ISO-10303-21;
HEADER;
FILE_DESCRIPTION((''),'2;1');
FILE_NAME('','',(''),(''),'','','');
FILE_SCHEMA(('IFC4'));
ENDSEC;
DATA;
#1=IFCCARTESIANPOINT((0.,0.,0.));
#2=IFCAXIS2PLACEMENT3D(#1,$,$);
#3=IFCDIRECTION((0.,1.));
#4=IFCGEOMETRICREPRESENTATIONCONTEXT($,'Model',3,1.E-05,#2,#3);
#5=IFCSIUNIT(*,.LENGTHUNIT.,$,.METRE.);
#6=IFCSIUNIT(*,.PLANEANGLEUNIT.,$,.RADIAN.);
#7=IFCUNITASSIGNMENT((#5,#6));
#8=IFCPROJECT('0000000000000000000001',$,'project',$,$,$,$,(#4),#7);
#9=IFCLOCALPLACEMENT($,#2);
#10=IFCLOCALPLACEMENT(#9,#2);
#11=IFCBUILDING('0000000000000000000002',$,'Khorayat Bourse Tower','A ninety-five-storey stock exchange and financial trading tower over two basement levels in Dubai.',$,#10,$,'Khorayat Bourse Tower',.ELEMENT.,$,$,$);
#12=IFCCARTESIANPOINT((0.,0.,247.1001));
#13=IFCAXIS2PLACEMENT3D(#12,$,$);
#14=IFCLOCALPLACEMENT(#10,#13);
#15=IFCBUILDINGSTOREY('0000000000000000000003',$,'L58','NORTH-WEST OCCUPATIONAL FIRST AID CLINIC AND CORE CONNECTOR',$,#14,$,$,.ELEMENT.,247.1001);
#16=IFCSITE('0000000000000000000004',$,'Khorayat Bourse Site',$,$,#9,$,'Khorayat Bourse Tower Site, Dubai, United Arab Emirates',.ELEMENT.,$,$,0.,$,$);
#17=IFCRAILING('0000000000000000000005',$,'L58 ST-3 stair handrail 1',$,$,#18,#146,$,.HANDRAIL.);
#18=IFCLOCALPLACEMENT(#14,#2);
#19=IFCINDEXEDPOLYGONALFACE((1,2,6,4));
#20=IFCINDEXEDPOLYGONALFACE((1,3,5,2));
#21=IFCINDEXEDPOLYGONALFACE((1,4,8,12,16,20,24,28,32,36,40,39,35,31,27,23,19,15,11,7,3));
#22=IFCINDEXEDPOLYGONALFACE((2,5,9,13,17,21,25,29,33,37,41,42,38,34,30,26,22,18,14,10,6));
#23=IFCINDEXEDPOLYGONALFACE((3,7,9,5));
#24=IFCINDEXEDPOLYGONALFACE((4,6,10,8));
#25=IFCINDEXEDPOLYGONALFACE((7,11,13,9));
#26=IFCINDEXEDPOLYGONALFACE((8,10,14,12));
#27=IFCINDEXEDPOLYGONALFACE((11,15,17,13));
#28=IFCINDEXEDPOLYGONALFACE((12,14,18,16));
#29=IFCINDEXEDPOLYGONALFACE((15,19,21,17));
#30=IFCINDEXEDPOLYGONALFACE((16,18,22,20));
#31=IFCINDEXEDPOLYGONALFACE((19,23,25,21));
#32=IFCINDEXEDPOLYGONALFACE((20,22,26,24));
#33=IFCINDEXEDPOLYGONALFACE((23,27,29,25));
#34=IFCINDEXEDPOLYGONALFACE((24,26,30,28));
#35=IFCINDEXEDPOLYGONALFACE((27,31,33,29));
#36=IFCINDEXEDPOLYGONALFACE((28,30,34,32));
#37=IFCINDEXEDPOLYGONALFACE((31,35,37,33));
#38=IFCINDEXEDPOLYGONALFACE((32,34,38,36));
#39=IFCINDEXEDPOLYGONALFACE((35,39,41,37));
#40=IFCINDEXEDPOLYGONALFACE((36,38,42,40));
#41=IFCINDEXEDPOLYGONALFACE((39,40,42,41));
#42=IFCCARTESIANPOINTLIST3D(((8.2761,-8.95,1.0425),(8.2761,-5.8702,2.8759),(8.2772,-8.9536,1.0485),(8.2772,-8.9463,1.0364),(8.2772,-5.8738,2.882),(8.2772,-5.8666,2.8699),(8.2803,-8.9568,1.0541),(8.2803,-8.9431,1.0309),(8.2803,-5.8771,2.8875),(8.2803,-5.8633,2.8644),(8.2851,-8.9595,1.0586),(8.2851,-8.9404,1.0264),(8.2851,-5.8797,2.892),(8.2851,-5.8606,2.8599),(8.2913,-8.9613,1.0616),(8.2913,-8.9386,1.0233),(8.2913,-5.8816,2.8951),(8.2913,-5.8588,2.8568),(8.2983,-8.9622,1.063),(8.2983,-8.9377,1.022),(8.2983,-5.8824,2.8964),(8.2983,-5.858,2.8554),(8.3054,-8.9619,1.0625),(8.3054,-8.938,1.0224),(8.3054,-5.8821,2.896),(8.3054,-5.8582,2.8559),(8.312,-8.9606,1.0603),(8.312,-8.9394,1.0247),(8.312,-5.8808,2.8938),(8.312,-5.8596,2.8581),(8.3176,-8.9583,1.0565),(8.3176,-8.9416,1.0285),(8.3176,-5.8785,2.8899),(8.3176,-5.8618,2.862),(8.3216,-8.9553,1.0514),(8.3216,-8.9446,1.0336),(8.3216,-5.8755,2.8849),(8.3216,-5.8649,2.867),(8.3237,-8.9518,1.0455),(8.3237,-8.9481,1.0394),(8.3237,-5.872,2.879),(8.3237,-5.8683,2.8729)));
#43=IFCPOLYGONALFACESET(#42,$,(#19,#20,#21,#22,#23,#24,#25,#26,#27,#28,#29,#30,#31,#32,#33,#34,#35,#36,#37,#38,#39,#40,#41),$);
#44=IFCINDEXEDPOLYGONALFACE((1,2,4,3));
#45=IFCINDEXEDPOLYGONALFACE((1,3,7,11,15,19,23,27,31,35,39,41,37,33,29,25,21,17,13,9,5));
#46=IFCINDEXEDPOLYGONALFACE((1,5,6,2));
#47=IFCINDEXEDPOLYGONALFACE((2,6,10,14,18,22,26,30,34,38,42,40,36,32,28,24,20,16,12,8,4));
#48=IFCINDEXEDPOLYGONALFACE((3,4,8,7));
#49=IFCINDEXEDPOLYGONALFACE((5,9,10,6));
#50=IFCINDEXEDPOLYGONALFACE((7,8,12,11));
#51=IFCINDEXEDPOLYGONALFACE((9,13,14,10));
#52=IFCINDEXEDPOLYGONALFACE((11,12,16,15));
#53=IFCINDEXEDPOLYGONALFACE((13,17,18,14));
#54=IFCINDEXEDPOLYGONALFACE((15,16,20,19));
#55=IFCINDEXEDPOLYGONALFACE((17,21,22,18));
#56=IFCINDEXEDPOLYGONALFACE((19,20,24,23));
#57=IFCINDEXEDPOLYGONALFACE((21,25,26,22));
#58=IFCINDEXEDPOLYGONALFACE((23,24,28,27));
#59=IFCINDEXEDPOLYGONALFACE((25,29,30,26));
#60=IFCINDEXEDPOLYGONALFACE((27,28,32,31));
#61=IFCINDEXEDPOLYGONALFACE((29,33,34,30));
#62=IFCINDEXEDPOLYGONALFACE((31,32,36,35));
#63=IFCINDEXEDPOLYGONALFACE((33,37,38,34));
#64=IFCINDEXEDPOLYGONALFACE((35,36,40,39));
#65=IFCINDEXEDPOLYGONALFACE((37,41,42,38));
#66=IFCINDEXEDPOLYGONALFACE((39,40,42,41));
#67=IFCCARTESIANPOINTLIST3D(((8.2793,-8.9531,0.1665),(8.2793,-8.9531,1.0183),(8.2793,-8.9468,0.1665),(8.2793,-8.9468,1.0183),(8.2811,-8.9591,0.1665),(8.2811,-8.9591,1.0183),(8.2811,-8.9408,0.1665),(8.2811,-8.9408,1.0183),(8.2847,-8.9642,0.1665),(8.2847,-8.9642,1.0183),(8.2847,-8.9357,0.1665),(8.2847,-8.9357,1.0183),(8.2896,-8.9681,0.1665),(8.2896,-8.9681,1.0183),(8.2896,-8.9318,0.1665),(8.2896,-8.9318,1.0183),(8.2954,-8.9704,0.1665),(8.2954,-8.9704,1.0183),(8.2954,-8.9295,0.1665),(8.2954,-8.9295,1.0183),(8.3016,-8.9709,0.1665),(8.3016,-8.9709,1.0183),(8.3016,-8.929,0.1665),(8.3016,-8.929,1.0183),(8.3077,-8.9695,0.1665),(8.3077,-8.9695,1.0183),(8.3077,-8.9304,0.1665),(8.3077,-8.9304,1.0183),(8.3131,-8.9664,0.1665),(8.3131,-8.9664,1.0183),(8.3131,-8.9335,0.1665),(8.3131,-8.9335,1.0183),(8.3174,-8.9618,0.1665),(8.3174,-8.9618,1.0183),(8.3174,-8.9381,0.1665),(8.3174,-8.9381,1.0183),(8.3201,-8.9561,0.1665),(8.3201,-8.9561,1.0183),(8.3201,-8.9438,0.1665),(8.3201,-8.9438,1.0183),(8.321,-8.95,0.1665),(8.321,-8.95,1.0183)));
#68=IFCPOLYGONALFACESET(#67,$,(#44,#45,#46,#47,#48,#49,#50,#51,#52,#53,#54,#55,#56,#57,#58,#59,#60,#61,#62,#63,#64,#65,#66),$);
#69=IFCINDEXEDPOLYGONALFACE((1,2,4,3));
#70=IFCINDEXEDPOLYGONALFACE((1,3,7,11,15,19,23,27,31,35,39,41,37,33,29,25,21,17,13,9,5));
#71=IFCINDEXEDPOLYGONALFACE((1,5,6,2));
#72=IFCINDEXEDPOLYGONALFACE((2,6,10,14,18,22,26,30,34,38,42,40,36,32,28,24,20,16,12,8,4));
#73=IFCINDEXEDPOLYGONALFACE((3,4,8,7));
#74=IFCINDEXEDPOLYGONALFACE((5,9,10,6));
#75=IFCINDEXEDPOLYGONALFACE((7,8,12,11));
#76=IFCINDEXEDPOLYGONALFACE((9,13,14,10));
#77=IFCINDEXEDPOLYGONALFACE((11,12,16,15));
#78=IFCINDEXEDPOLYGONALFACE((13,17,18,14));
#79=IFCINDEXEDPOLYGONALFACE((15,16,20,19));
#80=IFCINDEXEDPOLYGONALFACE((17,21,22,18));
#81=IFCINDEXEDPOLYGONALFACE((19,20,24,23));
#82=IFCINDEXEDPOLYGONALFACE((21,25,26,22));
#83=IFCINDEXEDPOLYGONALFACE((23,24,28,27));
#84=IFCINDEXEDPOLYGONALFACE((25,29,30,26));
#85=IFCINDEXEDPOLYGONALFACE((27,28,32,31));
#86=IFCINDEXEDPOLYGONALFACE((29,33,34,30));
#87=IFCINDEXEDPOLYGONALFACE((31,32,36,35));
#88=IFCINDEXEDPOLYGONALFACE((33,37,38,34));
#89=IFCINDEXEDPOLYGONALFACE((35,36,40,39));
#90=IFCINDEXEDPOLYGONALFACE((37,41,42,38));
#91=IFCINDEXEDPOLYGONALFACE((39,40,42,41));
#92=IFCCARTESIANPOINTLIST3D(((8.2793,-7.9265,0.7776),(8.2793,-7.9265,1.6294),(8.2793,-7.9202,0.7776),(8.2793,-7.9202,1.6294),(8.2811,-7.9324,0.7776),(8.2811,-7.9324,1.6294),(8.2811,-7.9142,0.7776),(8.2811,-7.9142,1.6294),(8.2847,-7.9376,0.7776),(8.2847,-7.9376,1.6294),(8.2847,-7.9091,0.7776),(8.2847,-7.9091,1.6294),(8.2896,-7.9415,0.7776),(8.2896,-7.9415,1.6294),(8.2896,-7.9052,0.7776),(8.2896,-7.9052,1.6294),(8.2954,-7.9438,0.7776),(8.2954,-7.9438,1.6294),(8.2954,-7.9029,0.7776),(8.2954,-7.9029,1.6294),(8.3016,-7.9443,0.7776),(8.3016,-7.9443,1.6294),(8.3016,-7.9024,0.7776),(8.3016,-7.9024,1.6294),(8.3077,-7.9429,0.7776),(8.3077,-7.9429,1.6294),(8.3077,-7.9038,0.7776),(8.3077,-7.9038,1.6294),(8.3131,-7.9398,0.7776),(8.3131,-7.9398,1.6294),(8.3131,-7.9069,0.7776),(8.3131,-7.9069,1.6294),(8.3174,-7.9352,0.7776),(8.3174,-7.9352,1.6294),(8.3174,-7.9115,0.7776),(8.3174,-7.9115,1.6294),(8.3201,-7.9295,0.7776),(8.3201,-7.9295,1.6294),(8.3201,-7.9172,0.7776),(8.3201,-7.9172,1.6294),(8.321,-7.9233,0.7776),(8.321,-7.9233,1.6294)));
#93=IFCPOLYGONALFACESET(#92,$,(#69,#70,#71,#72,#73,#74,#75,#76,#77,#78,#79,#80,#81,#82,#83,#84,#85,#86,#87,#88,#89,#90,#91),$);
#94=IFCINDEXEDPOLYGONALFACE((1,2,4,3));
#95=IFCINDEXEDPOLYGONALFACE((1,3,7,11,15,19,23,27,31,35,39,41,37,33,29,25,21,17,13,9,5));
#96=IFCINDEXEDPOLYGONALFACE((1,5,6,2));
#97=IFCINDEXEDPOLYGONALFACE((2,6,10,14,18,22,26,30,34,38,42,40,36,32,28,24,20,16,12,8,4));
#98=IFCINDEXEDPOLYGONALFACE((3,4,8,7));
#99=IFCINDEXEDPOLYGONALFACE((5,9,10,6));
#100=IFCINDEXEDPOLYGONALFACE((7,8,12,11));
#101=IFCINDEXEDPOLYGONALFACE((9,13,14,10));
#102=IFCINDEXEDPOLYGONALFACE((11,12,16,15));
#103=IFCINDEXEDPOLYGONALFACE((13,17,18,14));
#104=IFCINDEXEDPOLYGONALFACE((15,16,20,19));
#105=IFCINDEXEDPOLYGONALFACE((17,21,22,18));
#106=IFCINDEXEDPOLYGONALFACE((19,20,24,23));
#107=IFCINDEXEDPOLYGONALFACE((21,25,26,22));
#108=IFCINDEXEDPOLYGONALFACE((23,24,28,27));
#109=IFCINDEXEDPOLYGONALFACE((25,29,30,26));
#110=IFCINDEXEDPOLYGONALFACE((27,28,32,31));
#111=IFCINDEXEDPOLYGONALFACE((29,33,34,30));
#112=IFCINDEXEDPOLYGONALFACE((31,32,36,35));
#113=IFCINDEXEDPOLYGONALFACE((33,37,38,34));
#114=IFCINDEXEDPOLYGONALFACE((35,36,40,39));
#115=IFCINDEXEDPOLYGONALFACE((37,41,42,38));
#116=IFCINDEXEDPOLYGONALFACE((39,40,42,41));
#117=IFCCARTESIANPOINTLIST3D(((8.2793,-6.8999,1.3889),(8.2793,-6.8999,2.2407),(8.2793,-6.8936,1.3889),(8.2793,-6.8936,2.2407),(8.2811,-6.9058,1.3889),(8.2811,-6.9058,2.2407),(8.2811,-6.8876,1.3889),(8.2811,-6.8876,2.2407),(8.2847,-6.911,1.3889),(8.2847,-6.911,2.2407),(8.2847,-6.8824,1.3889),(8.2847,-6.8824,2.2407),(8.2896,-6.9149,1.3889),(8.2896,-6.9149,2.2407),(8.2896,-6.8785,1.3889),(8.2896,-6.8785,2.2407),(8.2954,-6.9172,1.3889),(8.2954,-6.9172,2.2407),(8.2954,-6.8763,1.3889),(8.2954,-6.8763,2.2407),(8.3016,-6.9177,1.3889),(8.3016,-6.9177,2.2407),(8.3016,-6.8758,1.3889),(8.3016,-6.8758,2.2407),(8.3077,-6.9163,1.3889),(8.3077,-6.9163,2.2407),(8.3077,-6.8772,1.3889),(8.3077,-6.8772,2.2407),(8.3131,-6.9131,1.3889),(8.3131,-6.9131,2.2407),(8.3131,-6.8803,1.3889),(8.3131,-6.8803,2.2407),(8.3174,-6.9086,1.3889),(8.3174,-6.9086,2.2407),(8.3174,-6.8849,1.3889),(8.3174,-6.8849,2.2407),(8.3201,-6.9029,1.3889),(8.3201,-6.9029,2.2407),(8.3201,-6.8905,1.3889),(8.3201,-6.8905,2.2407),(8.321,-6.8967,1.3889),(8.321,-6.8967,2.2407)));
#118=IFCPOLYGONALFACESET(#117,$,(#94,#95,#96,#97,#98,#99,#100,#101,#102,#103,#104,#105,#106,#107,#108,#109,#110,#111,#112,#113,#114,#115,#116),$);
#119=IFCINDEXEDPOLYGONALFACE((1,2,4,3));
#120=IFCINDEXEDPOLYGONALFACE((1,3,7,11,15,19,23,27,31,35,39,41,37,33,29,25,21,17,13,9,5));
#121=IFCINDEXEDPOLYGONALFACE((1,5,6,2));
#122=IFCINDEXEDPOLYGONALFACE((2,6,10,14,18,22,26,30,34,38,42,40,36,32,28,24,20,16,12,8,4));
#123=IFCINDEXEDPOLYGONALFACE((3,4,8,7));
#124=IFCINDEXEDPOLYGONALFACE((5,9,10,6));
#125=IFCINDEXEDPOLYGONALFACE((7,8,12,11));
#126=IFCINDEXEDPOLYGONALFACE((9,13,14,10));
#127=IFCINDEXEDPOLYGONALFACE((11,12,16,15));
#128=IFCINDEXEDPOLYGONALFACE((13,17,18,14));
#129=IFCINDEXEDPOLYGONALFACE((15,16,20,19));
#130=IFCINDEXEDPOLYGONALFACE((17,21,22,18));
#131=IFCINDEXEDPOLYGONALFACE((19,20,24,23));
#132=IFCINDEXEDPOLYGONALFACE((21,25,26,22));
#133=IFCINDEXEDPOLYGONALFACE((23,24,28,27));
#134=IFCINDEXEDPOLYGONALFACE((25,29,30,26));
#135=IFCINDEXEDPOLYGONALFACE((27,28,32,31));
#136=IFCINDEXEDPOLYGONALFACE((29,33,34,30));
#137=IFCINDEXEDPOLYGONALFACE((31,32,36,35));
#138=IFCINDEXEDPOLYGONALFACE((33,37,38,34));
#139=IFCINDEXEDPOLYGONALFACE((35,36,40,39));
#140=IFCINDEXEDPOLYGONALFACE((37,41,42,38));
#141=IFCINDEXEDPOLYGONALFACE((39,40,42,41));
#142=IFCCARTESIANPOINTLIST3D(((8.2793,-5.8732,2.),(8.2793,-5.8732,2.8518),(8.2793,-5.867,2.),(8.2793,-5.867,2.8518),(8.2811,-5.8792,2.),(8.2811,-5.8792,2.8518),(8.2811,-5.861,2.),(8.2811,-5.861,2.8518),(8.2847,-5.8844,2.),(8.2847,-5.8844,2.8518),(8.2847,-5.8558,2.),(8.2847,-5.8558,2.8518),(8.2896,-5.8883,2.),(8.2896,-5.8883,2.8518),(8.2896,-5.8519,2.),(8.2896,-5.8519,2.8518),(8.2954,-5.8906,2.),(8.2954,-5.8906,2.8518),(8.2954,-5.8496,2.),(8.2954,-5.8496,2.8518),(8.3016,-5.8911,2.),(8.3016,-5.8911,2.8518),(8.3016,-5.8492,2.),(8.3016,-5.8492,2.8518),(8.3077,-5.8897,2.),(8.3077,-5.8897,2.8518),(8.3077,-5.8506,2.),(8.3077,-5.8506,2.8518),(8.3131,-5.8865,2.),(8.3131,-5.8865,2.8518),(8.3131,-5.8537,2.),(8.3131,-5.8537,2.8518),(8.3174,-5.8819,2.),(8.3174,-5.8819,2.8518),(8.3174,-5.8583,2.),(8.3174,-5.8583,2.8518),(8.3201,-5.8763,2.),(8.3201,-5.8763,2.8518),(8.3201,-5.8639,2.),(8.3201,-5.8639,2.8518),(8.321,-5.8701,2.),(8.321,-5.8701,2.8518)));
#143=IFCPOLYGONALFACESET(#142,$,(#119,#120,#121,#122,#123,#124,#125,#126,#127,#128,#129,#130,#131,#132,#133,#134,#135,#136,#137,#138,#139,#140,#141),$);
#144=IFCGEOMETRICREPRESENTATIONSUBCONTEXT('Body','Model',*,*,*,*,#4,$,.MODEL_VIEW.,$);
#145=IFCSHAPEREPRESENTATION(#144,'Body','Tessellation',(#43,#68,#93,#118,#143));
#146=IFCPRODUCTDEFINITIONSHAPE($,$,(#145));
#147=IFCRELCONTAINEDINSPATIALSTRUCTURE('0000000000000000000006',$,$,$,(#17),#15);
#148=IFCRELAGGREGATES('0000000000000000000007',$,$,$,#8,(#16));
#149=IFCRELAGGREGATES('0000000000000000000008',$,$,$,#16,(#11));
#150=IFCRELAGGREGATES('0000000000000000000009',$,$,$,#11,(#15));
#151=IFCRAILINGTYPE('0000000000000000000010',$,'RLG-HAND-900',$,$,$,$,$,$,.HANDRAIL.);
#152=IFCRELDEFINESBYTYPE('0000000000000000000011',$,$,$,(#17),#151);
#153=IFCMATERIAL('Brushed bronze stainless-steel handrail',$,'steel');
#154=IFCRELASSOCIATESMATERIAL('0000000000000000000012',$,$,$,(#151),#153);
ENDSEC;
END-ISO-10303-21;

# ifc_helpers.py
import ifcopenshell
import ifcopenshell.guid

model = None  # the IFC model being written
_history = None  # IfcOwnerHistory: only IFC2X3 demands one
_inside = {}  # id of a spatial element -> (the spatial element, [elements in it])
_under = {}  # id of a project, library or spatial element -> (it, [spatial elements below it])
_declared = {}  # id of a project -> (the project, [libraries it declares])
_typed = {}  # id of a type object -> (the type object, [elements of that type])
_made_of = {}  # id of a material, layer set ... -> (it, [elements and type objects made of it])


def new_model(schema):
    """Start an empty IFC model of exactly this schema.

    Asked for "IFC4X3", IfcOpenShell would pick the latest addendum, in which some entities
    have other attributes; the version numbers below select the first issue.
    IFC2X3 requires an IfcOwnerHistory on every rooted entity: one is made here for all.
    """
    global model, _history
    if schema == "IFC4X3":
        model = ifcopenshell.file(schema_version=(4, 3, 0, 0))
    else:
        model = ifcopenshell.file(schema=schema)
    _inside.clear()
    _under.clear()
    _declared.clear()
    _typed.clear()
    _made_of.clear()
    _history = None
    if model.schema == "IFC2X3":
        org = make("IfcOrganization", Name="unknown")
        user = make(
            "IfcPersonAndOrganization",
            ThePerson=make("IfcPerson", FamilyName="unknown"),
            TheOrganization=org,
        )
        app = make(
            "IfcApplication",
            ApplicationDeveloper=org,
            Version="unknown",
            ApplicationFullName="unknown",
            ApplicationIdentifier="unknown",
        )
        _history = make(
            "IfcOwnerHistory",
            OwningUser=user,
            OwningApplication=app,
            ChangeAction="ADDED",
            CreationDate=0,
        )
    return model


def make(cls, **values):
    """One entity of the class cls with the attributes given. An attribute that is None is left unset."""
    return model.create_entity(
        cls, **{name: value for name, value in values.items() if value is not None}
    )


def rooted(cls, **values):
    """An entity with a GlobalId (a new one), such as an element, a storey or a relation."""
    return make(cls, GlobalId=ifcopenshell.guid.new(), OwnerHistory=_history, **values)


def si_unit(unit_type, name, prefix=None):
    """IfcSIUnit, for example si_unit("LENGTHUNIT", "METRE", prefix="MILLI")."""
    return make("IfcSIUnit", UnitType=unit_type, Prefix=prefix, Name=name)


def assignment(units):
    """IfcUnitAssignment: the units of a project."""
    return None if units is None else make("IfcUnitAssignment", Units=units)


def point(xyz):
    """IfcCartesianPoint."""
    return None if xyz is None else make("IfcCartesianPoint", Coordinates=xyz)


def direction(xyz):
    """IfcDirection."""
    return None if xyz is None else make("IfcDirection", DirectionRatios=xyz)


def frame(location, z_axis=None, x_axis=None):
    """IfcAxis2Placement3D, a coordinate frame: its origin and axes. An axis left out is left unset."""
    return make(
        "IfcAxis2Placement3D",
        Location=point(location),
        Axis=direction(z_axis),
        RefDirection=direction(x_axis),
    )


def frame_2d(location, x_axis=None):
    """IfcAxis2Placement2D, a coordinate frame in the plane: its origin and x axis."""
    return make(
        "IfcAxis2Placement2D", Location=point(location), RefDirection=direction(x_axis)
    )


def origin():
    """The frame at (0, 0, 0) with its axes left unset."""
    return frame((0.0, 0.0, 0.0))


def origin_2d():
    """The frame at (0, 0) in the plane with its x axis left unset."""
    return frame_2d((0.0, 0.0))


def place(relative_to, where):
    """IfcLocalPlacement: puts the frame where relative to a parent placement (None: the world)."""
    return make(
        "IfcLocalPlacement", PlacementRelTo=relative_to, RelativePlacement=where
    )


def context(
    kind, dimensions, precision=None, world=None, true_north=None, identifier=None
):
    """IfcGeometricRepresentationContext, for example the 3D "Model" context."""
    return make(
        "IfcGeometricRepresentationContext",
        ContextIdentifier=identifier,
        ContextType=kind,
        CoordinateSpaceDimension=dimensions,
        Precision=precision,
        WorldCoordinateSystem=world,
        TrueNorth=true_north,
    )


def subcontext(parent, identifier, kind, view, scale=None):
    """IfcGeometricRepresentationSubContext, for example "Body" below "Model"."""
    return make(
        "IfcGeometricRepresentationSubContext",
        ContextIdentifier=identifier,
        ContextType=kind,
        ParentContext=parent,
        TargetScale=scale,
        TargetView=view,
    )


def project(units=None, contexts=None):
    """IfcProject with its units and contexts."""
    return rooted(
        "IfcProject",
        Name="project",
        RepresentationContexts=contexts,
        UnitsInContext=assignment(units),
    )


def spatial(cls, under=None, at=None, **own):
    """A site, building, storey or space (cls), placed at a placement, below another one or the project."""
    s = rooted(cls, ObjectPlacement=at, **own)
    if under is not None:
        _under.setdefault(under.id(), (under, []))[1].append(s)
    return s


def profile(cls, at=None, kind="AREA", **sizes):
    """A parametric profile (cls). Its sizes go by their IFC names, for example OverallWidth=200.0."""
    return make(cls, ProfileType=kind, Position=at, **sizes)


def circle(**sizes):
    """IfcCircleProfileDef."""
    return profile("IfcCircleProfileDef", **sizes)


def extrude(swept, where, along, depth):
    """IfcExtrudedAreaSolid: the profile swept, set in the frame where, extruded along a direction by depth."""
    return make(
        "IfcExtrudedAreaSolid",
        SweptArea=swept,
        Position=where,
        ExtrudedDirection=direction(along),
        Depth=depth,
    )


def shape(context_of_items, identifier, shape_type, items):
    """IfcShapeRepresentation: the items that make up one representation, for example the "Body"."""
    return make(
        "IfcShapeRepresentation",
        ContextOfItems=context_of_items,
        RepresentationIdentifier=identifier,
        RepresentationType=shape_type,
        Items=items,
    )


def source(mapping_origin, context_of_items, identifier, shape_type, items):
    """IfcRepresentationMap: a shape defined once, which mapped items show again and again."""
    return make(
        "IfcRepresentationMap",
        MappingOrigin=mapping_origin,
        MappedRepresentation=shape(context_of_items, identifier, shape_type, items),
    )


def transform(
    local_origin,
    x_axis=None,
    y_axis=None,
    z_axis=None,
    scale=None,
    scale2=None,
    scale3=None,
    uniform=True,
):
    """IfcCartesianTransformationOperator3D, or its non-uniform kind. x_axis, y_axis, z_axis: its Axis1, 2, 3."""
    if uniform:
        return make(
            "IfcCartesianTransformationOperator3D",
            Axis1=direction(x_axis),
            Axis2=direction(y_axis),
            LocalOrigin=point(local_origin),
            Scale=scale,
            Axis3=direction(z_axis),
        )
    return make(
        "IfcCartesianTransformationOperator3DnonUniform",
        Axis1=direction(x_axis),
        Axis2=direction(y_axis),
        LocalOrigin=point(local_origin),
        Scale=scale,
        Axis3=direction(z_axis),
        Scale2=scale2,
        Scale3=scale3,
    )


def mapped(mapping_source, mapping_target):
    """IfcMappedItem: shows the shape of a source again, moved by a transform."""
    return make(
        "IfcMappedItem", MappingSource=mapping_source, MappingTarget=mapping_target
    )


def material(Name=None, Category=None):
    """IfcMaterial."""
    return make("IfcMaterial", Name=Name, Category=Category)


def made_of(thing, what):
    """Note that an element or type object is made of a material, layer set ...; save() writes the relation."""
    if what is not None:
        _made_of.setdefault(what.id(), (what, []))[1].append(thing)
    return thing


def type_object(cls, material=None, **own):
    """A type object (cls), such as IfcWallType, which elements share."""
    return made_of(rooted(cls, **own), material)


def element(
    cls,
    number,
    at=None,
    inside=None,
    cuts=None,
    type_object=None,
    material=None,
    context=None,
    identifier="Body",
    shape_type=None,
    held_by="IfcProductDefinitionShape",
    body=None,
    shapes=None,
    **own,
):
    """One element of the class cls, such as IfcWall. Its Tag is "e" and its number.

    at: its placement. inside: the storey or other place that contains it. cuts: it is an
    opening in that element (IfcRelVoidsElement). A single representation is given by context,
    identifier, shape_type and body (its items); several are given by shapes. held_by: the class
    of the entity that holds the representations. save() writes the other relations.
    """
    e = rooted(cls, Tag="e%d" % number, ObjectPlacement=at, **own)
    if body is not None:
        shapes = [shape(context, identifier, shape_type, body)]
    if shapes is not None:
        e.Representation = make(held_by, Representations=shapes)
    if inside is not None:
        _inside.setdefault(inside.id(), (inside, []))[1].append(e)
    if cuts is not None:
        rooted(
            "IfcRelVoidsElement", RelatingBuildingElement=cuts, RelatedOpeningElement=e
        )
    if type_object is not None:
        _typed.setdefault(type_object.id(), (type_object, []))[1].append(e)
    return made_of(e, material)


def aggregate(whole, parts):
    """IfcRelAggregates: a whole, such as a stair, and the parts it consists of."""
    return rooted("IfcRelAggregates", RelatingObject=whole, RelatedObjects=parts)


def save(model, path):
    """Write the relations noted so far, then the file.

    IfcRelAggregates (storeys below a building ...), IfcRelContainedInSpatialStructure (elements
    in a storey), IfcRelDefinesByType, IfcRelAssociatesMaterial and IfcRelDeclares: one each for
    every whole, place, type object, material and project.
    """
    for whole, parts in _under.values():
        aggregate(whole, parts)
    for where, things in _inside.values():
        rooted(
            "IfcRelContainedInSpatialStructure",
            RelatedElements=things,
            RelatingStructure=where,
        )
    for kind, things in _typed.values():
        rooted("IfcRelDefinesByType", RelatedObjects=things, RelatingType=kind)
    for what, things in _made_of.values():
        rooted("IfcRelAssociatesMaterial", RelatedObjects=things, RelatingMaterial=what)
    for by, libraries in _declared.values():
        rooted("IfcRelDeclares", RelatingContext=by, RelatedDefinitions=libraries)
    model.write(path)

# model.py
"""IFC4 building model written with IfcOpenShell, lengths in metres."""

from ifc_helpers import new_model, si_unit, direction, frame, origin, origin_2d, place, context, subcontext, project, spatial, circle, extrude, source, transform, mapped, material, type_object, element, save


model = new_model("IFC4")

# Units and contexts
model_context = context("Model", 3, precision=1e-05, world=origin(), true_north=direction((0.0, 1.0)))
body_context = subcontext(model_context, "Body", "Model", "MODEL_VIEW")
ifc_project = project(units=[si_unit("LENGTHUNIT", "METRE"), si_unit("PLANEANGLEUNIT", "RADIAN")], contexts=[model_context])

# Site, building, storey
site_placement = place(None, origin())
site = spatial("IfcSite", under=ifc_project, at=site_placement, Name="Khorayat Bourse Site", LongName="Khorayat Bourse Tower Site, Dubai, United Arab Emirates", CompositionType="ELEMENT", RefElevation=0.0)
building_placement = place(site_placement, origin())
building = spatial("IfcBuilding", under=site, at=building_placement, Name="Khorayat Bourse Tower", Description="A ninety-five-storey stock exchange and financial trading tower over two basement levels in Dubai.", LongName="Khorayat Bourse Tower", CompositionType="ELEMENT")
storey_placement = place(building_placement, frame((0.0, 0.0, 247.1001)))
storey = spatial("IfcBuildingStorey", under=building, at=storey_placement, Name="L58", Description="NORTH-WEST OCCUPATIONAL FIRST AID CLINIC AND CORE CONNECTOR", CompositionType="ELEMENT", Elevation=247.1001)

# Railing
ifc_material_1 = material(Name="Brushed bronze stainless-steel handrail", Category="steel")
railing_type_1 = type_object("IfcRailingType", Name="RLG-HAND-900", PredefinedType="HANDRAIL", material=ifc_material_1)
shared_shape_1 = source(origin(), body_context, "Body", "SweptSolid", [
    extrude(circle(Radius=0.0239, at=origin_2d()), frame((0.0, 0.0, 0.876), z_axis=(0.0, 0.859261, 0.511538), x_axis=(-1.0, 0.0, 0.0)), (0.0, 0.0, 1.0), 3.5842),
    extrude(circle(Radius=0.021, at=origin_2d()), origin(), (0.0, 0.0, 1.0), 0.8518),
    extrude(circle(Radius=0.021, at=origin_2d()), frame((0.0, 1.0266, 0.6111)), (0.0, 0.0, 1.0), 0.8518),
    extrude(circle(Radius=0.021, at=origin_2d()), frame((0.0, 2.0532, 1.2224)), (0.0, 0.0, 1.0), 0.8518),
    extrude(circle(Radius=0.021, at=origin_2d()), frame((0.0, 3.0798, 1.8335)), (0.0, 0.0, 1.0), 0.8518),
])
railing_1_placement = place(storey_placement, frame((8.3, -8.95, 0.1665)))
element("IfcRailing", 1, at=railing_1_placement, inside=storey, type_object=railing_type_1, Name="L58 ST-3 stair handrail 1", PredefinedType="HANDRAIL", context=body_context, shape_type="MappedRepresentation", body=[
    mapped(shared_shape_1, transform((0.0, 0.0, 0.0), scale=1.0)),
])

save(model, "model.ifc")
